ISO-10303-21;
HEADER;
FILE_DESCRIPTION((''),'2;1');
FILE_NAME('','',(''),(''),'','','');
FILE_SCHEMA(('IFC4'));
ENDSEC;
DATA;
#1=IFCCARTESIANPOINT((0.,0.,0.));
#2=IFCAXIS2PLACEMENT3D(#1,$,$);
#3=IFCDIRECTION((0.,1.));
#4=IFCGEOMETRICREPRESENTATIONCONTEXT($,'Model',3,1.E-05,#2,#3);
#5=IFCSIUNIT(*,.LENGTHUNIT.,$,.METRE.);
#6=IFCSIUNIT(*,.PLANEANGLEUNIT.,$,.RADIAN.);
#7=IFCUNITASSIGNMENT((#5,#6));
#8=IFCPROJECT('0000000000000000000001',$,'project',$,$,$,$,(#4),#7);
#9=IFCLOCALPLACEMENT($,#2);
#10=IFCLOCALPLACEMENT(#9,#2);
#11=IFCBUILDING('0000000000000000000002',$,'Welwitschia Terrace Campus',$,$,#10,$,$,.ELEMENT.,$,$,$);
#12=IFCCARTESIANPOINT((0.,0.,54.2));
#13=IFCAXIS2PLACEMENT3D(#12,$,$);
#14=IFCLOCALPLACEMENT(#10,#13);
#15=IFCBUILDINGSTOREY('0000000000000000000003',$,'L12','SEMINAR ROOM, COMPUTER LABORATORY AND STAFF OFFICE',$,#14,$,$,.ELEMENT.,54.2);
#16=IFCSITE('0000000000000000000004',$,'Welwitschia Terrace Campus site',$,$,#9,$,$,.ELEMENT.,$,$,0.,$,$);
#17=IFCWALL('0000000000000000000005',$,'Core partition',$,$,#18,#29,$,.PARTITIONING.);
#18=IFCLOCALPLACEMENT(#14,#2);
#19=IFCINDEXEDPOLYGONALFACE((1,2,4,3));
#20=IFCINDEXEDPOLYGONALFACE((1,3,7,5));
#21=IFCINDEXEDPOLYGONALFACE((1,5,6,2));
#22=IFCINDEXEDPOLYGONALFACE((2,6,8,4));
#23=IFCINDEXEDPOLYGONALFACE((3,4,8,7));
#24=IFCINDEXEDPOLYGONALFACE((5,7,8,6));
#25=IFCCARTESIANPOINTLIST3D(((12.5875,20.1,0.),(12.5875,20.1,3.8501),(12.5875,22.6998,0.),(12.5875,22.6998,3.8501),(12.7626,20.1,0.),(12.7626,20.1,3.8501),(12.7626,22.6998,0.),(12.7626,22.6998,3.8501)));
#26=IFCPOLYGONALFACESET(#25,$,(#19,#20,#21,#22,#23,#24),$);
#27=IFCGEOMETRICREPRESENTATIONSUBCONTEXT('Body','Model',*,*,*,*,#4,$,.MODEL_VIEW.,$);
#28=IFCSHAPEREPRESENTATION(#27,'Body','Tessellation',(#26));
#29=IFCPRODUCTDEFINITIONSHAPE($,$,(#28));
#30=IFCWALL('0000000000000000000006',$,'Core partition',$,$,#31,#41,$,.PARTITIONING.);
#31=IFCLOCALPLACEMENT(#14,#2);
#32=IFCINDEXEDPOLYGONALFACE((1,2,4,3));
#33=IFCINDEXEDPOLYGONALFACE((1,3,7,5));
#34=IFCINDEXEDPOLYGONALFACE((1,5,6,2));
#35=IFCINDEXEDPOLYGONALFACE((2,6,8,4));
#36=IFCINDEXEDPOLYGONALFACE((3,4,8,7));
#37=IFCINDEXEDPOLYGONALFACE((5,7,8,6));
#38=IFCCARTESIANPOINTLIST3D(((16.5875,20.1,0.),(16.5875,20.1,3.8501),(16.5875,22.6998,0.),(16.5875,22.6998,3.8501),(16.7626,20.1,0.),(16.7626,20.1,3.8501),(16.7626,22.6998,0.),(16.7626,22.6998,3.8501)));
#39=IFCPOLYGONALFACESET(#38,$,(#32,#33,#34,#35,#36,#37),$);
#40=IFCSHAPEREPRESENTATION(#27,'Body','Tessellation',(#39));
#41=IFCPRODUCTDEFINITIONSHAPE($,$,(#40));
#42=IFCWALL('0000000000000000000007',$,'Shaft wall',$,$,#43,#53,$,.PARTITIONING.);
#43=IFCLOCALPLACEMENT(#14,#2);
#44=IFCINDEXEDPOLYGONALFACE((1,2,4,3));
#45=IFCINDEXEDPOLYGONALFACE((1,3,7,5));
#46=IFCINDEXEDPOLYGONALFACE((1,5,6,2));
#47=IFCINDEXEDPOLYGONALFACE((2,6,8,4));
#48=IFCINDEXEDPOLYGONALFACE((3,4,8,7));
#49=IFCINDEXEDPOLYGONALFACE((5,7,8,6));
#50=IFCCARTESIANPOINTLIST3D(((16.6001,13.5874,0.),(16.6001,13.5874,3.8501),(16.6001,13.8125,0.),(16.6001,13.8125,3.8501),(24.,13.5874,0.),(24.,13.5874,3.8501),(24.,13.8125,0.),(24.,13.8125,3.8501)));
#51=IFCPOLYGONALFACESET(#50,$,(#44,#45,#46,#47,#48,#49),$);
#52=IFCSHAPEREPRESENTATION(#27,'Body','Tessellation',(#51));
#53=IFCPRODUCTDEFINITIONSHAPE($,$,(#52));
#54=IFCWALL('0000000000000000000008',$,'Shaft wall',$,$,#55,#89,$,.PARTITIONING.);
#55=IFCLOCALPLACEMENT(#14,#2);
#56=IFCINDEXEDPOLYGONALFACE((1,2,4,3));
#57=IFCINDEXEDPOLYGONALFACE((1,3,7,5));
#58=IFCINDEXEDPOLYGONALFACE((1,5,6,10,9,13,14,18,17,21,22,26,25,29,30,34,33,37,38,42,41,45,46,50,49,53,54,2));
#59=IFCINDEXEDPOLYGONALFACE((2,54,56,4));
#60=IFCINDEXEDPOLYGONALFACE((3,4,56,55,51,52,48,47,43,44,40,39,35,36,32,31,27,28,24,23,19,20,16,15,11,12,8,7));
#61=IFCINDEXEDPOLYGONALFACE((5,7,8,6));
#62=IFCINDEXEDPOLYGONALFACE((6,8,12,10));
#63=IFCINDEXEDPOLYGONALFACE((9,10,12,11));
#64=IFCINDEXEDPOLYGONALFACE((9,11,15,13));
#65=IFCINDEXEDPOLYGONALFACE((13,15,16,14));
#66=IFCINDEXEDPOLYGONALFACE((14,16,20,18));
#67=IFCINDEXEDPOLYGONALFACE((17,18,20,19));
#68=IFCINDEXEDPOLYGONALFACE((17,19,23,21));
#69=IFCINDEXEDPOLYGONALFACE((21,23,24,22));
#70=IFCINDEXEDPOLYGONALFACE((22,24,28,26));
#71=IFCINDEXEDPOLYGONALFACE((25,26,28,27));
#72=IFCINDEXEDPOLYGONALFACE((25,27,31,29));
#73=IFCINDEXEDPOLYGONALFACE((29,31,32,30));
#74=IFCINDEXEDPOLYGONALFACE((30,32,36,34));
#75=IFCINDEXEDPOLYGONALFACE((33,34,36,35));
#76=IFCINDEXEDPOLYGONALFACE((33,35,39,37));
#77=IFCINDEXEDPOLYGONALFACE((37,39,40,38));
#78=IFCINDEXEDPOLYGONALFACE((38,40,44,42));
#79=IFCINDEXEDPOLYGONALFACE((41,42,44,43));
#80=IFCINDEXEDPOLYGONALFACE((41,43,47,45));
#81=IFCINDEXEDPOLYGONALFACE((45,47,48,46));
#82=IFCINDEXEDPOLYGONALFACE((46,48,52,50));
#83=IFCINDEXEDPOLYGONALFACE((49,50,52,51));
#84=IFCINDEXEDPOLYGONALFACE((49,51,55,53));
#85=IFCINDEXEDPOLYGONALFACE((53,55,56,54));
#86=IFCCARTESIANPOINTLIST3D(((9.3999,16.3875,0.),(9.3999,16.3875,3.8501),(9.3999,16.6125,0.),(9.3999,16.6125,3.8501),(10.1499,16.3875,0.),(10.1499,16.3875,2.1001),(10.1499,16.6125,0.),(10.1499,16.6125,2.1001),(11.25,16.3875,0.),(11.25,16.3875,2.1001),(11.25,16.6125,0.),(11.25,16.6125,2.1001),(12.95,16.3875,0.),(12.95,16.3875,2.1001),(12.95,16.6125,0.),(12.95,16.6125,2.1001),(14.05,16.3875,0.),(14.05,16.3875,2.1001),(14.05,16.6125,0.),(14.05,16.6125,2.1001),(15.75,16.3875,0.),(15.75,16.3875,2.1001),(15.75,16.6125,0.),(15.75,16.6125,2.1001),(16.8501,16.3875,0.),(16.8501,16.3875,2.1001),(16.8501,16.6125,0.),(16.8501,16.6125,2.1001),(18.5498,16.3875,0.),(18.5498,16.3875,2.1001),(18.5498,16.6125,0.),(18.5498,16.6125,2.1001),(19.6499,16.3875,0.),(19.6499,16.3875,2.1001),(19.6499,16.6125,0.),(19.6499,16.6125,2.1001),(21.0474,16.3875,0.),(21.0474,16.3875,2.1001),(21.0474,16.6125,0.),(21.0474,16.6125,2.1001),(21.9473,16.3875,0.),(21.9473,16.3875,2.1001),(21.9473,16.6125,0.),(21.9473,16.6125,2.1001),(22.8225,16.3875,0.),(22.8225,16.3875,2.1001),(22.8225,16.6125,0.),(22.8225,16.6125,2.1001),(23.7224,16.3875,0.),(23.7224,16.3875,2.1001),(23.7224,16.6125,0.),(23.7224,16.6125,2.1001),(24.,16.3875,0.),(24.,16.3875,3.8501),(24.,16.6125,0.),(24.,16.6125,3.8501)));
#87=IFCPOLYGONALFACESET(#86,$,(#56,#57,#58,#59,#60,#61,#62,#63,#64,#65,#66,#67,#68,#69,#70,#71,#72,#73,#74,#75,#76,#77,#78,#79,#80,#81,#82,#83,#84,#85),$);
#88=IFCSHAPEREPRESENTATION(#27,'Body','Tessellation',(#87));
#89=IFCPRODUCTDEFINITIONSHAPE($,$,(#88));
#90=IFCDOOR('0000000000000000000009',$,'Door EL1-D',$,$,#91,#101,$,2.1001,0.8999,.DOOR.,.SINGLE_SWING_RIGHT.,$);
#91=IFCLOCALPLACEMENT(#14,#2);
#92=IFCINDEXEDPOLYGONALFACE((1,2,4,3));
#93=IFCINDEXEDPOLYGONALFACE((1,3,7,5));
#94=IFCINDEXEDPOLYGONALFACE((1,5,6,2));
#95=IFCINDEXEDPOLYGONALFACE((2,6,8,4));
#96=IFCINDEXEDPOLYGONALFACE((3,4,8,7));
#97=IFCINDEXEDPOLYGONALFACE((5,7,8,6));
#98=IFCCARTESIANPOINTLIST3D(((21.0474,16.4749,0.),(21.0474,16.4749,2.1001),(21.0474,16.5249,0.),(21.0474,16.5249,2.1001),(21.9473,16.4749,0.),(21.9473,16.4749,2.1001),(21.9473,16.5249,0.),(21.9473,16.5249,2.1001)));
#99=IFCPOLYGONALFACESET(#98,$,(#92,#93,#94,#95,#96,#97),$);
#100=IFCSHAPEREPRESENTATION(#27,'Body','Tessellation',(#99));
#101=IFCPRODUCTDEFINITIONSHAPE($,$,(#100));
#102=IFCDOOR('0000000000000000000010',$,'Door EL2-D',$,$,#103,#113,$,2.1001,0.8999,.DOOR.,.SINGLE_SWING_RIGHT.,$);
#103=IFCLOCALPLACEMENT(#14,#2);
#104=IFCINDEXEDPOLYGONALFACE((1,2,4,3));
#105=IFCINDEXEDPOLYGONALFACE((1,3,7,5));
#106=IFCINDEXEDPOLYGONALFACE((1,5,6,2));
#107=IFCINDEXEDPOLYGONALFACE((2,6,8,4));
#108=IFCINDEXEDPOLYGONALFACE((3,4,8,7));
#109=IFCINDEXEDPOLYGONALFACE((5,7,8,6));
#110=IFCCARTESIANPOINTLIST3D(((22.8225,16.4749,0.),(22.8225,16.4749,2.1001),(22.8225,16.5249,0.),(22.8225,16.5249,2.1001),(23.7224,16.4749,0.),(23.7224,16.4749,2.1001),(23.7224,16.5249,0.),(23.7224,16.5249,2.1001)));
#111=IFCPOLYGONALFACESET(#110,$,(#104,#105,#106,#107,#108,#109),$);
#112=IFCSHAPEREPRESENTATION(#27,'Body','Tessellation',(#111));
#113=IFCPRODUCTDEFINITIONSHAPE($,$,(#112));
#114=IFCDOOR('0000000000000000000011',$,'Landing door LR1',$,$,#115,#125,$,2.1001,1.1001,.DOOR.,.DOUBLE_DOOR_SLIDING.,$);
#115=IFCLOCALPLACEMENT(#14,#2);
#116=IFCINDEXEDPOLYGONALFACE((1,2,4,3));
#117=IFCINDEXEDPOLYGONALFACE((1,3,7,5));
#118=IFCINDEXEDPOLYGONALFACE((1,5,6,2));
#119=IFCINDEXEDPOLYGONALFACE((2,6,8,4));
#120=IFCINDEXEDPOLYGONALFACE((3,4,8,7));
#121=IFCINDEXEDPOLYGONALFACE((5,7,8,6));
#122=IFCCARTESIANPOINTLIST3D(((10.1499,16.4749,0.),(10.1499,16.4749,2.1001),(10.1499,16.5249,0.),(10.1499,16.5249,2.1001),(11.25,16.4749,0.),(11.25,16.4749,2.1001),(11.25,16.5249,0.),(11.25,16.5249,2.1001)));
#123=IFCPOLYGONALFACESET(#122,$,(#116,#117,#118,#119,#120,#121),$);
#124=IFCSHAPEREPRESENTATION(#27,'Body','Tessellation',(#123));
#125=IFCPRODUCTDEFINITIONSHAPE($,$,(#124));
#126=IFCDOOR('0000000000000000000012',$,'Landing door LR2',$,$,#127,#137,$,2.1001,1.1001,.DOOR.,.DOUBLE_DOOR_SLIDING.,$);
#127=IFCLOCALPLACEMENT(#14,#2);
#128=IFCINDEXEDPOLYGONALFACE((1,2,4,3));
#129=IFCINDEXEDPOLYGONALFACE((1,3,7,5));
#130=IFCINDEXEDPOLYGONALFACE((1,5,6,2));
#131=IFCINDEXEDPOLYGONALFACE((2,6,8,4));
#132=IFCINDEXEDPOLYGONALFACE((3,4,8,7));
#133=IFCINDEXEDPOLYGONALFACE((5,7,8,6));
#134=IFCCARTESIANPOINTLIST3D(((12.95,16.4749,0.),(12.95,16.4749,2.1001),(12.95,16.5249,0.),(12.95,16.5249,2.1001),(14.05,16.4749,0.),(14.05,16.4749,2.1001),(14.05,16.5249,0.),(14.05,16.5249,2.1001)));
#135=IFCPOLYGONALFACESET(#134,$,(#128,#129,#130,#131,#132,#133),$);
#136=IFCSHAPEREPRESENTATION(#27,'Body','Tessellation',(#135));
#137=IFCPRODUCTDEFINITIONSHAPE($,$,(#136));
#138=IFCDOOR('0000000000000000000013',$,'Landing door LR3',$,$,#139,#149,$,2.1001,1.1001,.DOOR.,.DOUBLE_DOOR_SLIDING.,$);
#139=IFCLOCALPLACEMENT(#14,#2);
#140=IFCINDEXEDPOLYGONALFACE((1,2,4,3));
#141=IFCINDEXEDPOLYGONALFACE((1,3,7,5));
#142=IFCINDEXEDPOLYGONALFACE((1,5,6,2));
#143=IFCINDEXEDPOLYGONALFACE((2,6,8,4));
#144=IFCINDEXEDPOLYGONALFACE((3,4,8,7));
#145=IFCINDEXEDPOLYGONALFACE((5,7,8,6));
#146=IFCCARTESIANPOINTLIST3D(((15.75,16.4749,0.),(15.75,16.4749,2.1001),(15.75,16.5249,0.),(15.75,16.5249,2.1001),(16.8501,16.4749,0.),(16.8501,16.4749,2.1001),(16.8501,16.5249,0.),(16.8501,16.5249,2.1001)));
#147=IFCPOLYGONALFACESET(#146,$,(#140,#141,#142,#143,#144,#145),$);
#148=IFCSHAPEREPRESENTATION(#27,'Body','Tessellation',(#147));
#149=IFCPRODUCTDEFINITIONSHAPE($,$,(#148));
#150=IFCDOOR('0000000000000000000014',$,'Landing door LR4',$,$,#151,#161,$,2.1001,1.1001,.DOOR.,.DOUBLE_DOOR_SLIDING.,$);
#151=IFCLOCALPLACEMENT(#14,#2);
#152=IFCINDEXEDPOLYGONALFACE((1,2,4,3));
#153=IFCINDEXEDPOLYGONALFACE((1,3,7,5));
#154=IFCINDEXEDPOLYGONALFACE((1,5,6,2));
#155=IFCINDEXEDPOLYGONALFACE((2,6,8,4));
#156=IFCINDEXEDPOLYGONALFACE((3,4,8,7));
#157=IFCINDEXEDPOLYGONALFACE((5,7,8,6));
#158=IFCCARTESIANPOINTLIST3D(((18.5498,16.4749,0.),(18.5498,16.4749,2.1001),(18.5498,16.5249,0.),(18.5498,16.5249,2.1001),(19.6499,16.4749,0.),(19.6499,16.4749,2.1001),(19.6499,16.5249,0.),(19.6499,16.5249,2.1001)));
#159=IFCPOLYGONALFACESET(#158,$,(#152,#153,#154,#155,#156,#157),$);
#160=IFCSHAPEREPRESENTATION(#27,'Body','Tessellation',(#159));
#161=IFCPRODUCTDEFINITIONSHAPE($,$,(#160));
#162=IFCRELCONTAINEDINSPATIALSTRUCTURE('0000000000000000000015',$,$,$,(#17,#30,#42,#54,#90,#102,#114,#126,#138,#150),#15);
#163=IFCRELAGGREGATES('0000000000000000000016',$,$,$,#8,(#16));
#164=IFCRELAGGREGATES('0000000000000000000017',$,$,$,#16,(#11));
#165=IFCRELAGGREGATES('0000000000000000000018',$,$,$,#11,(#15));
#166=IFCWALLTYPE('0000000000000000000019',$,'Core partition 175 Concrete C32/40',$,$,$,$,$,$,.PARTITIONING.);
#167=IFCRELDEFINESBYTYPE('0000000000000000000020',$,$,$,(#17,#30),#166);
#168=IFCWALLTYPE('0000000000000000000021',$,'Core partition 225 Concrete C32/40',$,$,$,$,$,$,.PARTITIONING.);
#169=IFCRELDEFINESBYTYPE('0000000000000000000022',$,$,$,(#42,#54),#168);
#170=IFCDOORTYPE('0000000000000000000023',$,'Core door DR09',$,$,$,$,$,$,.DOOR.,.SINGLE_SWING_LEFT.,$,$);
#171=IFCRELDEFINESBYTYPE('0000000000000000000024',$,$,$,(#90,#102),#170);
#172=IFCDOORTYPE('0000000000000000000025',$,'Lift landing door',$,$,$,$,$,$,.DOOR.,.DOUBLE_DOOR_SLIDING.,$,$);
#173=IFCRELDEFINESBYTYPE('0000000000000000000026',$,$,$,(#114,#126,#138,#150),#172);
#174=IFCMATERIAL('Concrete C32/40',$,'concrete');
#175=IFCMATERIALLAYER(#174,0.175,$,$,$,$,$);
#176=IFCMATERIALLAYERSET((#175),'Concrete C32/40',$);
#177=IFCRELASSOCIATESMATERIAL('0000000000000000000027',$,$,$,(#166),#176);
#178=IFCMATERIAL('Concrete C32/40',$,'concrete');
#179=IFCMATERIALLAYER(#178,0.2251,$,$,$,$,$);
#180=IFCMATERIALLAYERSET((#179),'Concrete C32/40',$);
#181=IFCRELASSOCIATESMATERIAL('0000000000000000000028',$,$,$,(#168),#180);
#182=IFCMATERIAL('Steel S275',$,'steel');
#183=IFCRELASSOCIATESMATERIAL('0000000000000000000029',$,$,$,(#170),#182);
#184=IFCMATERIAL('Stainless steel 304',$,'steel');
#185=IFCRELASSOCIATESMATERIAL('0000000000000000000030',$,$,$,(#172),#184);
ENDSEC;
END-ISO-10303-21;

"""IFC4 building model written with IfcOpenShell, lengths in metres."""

from ifc_helpers import new_model, si_unit, direction, frame, frame_2d, origin, place, context, subcontext, project, spatial, rectangle, extrude, material, layer, layer_set, type_object, element, fill, save


model = new_model("IFC4")

# Units and contexts
model_context = context("Model", 3, precision=1e-05, world=origin(), true_north=direction((0.0, 1.0)))
body_context = subcontext(model_context, "Body", "Model", "MODEL_VIEW")
ifc_project = project(units=[si_unit("LENGTHUNIT", "METRE"), si_unit("PLANEANGLEUNIT", "RADIAN")], contexts=[model_context])

# Site, building, storey
site_placement = place(None, origin())
site = spatial("IfcSite", under=ifc_project, at=site_placement, Name="Welwitschia Terrace Campus site", CompositionType="ELEMENT", RefElevation=0.0)
building_placement = place(site_placement, origin())
building = spatial("IfcBuilding", under=site, at=building_placement, Name="Welwitschia Terrace Campus", CompositionType="ELEMENT")
storey_placement = place(building_placement, frame((0.0, 0.0, 54.2)))
storey = spatial("IfcBuildingStorey", under=building, at=storey_placement, Name="L12", Description="SEMINAR ROOM, COMPUTER LABORATORY AND STAFF OFFICE", CompositionType="ELEMENT", Elevation=54.2)

# Walls
ifc_material_1 = material(Name="Concrete C32/40", Category="concrete")
ifc_layer_1 = layer(ifc_material_1, 0.175)
ifc_layer_set_1 = layer_set([ifc_layer_1], Name="Concrete C32/40")
wall_type_1 = type_object("IfcWallType", Name="Core partition 175 Concrete C32/40", PredefinedType="PARTITIONING", material=ifc_layer_set_1)
for number, where, z_axis, x_axis, name in (
    (1, (12.675, 20.1001, 0.0), (0.0, 0.0, 1.0), (0.0, 1.0, 0.0), "Core partition"),
    (2, (16.675, 20.1001, 0.0), (0.0, 0.0, 1.0), (0.0, 1.0, 0.0), "Core partition"),
):
    element("IfcWall", number, at=place(storey_placement, frame(where, z_axis=z_axis, x_axis=x_axis)), inside=storey, type_object=wall_type_1, Name=name, PredefinedType="PARTITIONING", context=body_context, shape_type="SweptSolid", body=[
        extrude(rectangle(XDim=2.5999, YDim=0.175, at=frame_2d((1.2998, 0.0))), origin(), (0.0, 0.0, 1.0), 3.8501),
    ])
ifc_material_2 = material(Name="Concrete C32/40", Category="concrete")
ifc_layer_2 = layer(ifc_material_2, 0.2251)
ifc_layer_set_2 = layer_set([ifc_layer_2], Name="Concrete C32/40")
wall_type_2 = type_object("IfcWallType", Name="Core partition 225 Concrete C32/40", PredefinedType="PARTITIONING", material=ifc_layer_set_2)
wall_1_placement = place(storey_placement, frame((16.6001, 13.7, 0.0), z_axis=(0.0, 0.0, 1.0), x_axis=(1.0, 0.0, 0.0)))
element("IfcWall", 3, at=wall_1_placement, inside=storey, type_object=wall_type_2, Name="Shaft wall", PredefinedType="PARTITIONING", context=body_context, shape_type="SweptSolid", body=[
    extrude(rectangle(XDim=7.3999, YDim=0.2251, at=frame_2d((3.7, 0.0))), origin(), (0.0, 0.0, 1.0), 3.8501),
])

# Wall, openings, doors
wall_2_placement = place(storey_placement, frame((9.3999, 16.5, 0.0), z_axis=(0.0, 0.0, 1.0), x_axis=(1.0, 0.0, 0.0)))
wall_2 = element("IfcWall", 4, at=wall_2_placement, inside=storey, type_object=wall_type_2, Name="Shaft wall", PredefinedType="PARTITIONING", context=body_context, shape_type="SweptSolid", body=[
    extrude(rectangle(XDim=14.6001, YDim=0.2251, at=frame_2d((7.3, 0.0))), origin(), (0.0, 0.0, 1.0), 3.8501),
])
opening_1_placement = place(wall_2_placement, frame((0.75, 0.0, 0.0)))
opening_1 = element("IfcOpeningElement", 5, at=opening_1_placement, cuts=wall_2, PredefinedType="OPENING", context=body_context, shape_type="SweptSolid", body=[
    extrude(rectangle(XDim=1.1001, YDim=2.1001, at=frame_2d((0.55, 1.05))), frame((0.0, 0.1226, 0.0), z_axis=(0.0, -1.0, 0.0), x_axis=(1.0, 0.0, 0.0)), (0.0, 0.0, 1.0), 0.2451),
])
opening_2_placement = place(wall_2_placement, frame((3.55, 0.0, 0.0)))
opening_2 = element("IfcOpeningElement", 6, at=opening_2_placement, cuts=wall_2, PredefinedType="OPENING", context=body_context, shape_type="SweptSolid", body=[
    extrude(rectangle(XDim=1.1001, YDim=2.1001, at=frame_2d((0.55, 1.05))), frame((0.0, 0.1226, 0.0), z_axis=(0.0, -1.0, 0.0), x_axis=(1.0, 0.0, 0.0)), (0.0, 0.0, 1.0), 0.2451),
])
opening_3_placement = place(wall_2_placement, frame((6.3501, 0.0, 0.0)))
opening_3 = element("IfcOpeningElement", 7, at=opening_3_placement, cuts=wall_2, PredefinedType="OPENING", context=body_context, shape_type="SweptSolid", body=[
    extrude(rectangle(XDim=1.1001, YDim=2.1001, at=frame_2d((0.55, 1.05))), frame((0.0, 0.1226, 0.0), z_axis=(0.0, -1.0, 0.0), x_axis=(1.0, 0.0, 0.0)), (0.0, 0.0, 1.0), 0.2451),
])
opening_4_placement = place(wall_2_placement, frame((9.1499, 0.0, 0.0)))
opening_4 = element("IfcOpeningElement", 8, at=opening_4_placement, cuts=wall_2, PredefinedType="OPENING", context=body_context, shape_type="SweptSolid", body=[
    extrude(rectangle(XDim=1.1001, YDim=2.1001, at=frame_2d((0.55, 1.05))), frame((0.0, 0.1226, 0.0), z_axis=(0.0, -1.0, 0.0), x_axis=(1.0, 0.0, 0.0)), (0.0, 0.0, 1.0), 0.2451),
])
opening_5_placement = place(wall_2_placement, frame((11.6475, 0.0, 0.0)))
opening_5 = element("IfcOpeningElement", 9, at=opening_5_placement, cuts=wall_2, PredefinedType="OPENING", context=body_context, shape_type="SweptSolid", body=[
    extrude(rectangle(XDim=0.8999, YDim=2.1001, at=frame_2d((0.45, 1.05))), frame((0.0, 0.1226, 0.0), z_axis=(0.0, -1.0, 0.0), x_axis=(1.0, 0.0, 0.0)), (0.0, 0.0, 1.0), 0.2451),
])
opening_6_placement = place(wall_2_placement, frame((13.4226, 0.0, 0.0)))
opening_6 = element("IfcOpeningElement", 10, at=opening_6_placement, cuts=wall_2, PredefinedType="OPENING", context=body_context, shape_type="SweptSolid", body=[
    extrude(rectangle(XDim=0.8999, YDim=2.1001, at=frame_2d((0.45, 1.05))), frame((0.0, 0.1226, 0.0), z_axis=(0.0, -1.0, 0.0), x_axis=(1.0, 0.0, 0.0)), (0.0, 0.0, 1.0), 0.2451),
])
ifc_material_3 = material(Name="Steel S275", Category="steel")
door_type_1 = type_object("IfcDoorType", Name="Core door DR09", OperationType="SINGLE_SWING_LEFT", PredefinedType="DOOR", material=ifc_material_3)
door_1_placement = place(opening_5_placement, origin())
door_1 = element("IfcDoor", 11, at=door_1_placement, inside=storey, type_object=door_type_1, Name="Door EL1-D", OperationType="SINGLE_SWING_RIGHT", OverallHeight=2.1001, OverallWidth=0.8999, PredefinedType="DOOR", context=body_context, shape_type="SweptSolid", body=[
    extrude(rectangle(XDim=0.8999, YDim=2.1001, at=frame_2d((0.45, 1.05))), frame((0.0, 0.0249, 0.0), z_axis=(0.0, -1.0, 0.0), x_axis=(1.0, 0.0, 0.0)), (0.0, 0.0, 1.0), 0.05),
])
fill(opening_5, door_1)
door_2_placement = place(opening_6_placement, origin())
door_2 = element("IfcDoor", 12, at=door_2_placement, inside=storey, type_object=door_type_1, Name="Door EL2-D", OperationType="SINGLE_SWING_RIGHT", OverallHeight=2.1001, OverallWidth=0.8999, PredefinedType="DOOR", context=body_context, shape_type="SweptSolid", body=[
    extrude(rectangle(XDim=0.8999, YDim=2.1001, at=frame_2d((0.45, 1.05))), frame((0.0, 0.0249, 0.0), z_axis=(0.0, -1.0, 0.0), x_axis=(1.0, 0.0, 0.0)), (0.0, 0.0, 1.0), 0.05),
])
fill(opening_6, door_2)
ifc_material_4 = material(Name="Stainless steel 304", Category="steel")
door_type_2 = type_object("IfcDoorType", Name="Lift landing door", OperationType="DOUBLE_DOOR_SLIDING", PredefinedType="DOOR", material=ifc_material_4)
door_3_placement = place(opening_1_placement, origin())
door_3 = element("IfcDoor", 13, at=door_3_placement, inside=storey, type_object=door_type_2, Name="Landing door LR1", OperationType="DOUBLE_DOOR_SLIDING", OverallHeight=2.1001, OverallWidth=1.1001, PredefinedType="DOOR", context=body_context, shape_type="SweptSolid", body=[
    extrude(rectangle(XDim=1.1001, YDim=2.1001, at=frame_2d((0.55, 1.05))), frame((0.0, 0.0249, 0.0), z_axis=(0.0, -1.0, 0.0), x_axis=(1.0, 0.0, 0.0)), (0.0, 0.0, 1.0), 0.05),
])
fill(opening_1, door_3)
door_4_placement = place(opening_2_placement, origin())
door_4 = element("IfcDoor", 14, at=door_4_placement, inside=storey, type_object=door_type_2, Name="Landing door LR2", OperationType="DOUBLE_DOOR_SLIDING", OverallHeight=2.1001, OverallWidth=1.1001, PredefinedType="DOOR", context=body_context, shape_type="SweptSolid", body=[
    extrude(rectangle(XDim=1.1001, YDim=2.1001, at=frame_2d((0.55, 1.05))), frame((0.0, 0.0249, 0.0), z_axis=(0.0, -1.0, 0.0), x_axis=(1.0, 0.0, 0.0)), (0.0, 0.0, 1.0), 0.05),
])
fill(opening_2, door_4)
door_5_placement = place(opening_3_placement, origin())
door_5 = element("IfcDoor", 15, at=door_5_placement, inside=storey, type_object=door_type_2, Name="Landing door LR3", OperationType="DOUBLE_DOOR_SLIDING", OverallHeight=2.1001, OverallWidth=1.1001, PredefinedType="DOOR", context=body_context, shape_type="SweptSolid", body=[
    extrude(rectangle(XDim=1.1001, YDim=2.1001, at=frame_2d((0.55, 1.05))), frame((0.0, 0.0249, 0.0), z_axis=(0.0, -1.0, 0.0), x_axis=(1.0, 0.0, 0.0)), (0.0, 0.0, 1.0), 0.05),
])
fill(opening_3, door_5)
door_6_placement = place(opening_4_placement, origin())
door_6 = element("IfcDoor", 16, at=door_6_placement, inside=storey, type_object=door_type_2, Name="Landing door LR4", OperationType="DOUBLE_DOOR_SLIDING", OverallHeight=2.1001, OverallWidth=1.1001, PredefinedType="DOOR", context=body_context, shape_type="SweptSolid", body=[
    extrude(rectangle(XDim=1.1001, YDim=2.1001, at=frame_2d((0.55, 1.05))), frame((0.0, 0.0249, 0.0), z_axis=(0.0, -1.0, 0.0), x_axis=(1.0, 0.0, 0.0)), (0.0, 0.0, 1.0), 0.05),
])
fill(opening_4, door_6)

save(model, "model.ifc")
